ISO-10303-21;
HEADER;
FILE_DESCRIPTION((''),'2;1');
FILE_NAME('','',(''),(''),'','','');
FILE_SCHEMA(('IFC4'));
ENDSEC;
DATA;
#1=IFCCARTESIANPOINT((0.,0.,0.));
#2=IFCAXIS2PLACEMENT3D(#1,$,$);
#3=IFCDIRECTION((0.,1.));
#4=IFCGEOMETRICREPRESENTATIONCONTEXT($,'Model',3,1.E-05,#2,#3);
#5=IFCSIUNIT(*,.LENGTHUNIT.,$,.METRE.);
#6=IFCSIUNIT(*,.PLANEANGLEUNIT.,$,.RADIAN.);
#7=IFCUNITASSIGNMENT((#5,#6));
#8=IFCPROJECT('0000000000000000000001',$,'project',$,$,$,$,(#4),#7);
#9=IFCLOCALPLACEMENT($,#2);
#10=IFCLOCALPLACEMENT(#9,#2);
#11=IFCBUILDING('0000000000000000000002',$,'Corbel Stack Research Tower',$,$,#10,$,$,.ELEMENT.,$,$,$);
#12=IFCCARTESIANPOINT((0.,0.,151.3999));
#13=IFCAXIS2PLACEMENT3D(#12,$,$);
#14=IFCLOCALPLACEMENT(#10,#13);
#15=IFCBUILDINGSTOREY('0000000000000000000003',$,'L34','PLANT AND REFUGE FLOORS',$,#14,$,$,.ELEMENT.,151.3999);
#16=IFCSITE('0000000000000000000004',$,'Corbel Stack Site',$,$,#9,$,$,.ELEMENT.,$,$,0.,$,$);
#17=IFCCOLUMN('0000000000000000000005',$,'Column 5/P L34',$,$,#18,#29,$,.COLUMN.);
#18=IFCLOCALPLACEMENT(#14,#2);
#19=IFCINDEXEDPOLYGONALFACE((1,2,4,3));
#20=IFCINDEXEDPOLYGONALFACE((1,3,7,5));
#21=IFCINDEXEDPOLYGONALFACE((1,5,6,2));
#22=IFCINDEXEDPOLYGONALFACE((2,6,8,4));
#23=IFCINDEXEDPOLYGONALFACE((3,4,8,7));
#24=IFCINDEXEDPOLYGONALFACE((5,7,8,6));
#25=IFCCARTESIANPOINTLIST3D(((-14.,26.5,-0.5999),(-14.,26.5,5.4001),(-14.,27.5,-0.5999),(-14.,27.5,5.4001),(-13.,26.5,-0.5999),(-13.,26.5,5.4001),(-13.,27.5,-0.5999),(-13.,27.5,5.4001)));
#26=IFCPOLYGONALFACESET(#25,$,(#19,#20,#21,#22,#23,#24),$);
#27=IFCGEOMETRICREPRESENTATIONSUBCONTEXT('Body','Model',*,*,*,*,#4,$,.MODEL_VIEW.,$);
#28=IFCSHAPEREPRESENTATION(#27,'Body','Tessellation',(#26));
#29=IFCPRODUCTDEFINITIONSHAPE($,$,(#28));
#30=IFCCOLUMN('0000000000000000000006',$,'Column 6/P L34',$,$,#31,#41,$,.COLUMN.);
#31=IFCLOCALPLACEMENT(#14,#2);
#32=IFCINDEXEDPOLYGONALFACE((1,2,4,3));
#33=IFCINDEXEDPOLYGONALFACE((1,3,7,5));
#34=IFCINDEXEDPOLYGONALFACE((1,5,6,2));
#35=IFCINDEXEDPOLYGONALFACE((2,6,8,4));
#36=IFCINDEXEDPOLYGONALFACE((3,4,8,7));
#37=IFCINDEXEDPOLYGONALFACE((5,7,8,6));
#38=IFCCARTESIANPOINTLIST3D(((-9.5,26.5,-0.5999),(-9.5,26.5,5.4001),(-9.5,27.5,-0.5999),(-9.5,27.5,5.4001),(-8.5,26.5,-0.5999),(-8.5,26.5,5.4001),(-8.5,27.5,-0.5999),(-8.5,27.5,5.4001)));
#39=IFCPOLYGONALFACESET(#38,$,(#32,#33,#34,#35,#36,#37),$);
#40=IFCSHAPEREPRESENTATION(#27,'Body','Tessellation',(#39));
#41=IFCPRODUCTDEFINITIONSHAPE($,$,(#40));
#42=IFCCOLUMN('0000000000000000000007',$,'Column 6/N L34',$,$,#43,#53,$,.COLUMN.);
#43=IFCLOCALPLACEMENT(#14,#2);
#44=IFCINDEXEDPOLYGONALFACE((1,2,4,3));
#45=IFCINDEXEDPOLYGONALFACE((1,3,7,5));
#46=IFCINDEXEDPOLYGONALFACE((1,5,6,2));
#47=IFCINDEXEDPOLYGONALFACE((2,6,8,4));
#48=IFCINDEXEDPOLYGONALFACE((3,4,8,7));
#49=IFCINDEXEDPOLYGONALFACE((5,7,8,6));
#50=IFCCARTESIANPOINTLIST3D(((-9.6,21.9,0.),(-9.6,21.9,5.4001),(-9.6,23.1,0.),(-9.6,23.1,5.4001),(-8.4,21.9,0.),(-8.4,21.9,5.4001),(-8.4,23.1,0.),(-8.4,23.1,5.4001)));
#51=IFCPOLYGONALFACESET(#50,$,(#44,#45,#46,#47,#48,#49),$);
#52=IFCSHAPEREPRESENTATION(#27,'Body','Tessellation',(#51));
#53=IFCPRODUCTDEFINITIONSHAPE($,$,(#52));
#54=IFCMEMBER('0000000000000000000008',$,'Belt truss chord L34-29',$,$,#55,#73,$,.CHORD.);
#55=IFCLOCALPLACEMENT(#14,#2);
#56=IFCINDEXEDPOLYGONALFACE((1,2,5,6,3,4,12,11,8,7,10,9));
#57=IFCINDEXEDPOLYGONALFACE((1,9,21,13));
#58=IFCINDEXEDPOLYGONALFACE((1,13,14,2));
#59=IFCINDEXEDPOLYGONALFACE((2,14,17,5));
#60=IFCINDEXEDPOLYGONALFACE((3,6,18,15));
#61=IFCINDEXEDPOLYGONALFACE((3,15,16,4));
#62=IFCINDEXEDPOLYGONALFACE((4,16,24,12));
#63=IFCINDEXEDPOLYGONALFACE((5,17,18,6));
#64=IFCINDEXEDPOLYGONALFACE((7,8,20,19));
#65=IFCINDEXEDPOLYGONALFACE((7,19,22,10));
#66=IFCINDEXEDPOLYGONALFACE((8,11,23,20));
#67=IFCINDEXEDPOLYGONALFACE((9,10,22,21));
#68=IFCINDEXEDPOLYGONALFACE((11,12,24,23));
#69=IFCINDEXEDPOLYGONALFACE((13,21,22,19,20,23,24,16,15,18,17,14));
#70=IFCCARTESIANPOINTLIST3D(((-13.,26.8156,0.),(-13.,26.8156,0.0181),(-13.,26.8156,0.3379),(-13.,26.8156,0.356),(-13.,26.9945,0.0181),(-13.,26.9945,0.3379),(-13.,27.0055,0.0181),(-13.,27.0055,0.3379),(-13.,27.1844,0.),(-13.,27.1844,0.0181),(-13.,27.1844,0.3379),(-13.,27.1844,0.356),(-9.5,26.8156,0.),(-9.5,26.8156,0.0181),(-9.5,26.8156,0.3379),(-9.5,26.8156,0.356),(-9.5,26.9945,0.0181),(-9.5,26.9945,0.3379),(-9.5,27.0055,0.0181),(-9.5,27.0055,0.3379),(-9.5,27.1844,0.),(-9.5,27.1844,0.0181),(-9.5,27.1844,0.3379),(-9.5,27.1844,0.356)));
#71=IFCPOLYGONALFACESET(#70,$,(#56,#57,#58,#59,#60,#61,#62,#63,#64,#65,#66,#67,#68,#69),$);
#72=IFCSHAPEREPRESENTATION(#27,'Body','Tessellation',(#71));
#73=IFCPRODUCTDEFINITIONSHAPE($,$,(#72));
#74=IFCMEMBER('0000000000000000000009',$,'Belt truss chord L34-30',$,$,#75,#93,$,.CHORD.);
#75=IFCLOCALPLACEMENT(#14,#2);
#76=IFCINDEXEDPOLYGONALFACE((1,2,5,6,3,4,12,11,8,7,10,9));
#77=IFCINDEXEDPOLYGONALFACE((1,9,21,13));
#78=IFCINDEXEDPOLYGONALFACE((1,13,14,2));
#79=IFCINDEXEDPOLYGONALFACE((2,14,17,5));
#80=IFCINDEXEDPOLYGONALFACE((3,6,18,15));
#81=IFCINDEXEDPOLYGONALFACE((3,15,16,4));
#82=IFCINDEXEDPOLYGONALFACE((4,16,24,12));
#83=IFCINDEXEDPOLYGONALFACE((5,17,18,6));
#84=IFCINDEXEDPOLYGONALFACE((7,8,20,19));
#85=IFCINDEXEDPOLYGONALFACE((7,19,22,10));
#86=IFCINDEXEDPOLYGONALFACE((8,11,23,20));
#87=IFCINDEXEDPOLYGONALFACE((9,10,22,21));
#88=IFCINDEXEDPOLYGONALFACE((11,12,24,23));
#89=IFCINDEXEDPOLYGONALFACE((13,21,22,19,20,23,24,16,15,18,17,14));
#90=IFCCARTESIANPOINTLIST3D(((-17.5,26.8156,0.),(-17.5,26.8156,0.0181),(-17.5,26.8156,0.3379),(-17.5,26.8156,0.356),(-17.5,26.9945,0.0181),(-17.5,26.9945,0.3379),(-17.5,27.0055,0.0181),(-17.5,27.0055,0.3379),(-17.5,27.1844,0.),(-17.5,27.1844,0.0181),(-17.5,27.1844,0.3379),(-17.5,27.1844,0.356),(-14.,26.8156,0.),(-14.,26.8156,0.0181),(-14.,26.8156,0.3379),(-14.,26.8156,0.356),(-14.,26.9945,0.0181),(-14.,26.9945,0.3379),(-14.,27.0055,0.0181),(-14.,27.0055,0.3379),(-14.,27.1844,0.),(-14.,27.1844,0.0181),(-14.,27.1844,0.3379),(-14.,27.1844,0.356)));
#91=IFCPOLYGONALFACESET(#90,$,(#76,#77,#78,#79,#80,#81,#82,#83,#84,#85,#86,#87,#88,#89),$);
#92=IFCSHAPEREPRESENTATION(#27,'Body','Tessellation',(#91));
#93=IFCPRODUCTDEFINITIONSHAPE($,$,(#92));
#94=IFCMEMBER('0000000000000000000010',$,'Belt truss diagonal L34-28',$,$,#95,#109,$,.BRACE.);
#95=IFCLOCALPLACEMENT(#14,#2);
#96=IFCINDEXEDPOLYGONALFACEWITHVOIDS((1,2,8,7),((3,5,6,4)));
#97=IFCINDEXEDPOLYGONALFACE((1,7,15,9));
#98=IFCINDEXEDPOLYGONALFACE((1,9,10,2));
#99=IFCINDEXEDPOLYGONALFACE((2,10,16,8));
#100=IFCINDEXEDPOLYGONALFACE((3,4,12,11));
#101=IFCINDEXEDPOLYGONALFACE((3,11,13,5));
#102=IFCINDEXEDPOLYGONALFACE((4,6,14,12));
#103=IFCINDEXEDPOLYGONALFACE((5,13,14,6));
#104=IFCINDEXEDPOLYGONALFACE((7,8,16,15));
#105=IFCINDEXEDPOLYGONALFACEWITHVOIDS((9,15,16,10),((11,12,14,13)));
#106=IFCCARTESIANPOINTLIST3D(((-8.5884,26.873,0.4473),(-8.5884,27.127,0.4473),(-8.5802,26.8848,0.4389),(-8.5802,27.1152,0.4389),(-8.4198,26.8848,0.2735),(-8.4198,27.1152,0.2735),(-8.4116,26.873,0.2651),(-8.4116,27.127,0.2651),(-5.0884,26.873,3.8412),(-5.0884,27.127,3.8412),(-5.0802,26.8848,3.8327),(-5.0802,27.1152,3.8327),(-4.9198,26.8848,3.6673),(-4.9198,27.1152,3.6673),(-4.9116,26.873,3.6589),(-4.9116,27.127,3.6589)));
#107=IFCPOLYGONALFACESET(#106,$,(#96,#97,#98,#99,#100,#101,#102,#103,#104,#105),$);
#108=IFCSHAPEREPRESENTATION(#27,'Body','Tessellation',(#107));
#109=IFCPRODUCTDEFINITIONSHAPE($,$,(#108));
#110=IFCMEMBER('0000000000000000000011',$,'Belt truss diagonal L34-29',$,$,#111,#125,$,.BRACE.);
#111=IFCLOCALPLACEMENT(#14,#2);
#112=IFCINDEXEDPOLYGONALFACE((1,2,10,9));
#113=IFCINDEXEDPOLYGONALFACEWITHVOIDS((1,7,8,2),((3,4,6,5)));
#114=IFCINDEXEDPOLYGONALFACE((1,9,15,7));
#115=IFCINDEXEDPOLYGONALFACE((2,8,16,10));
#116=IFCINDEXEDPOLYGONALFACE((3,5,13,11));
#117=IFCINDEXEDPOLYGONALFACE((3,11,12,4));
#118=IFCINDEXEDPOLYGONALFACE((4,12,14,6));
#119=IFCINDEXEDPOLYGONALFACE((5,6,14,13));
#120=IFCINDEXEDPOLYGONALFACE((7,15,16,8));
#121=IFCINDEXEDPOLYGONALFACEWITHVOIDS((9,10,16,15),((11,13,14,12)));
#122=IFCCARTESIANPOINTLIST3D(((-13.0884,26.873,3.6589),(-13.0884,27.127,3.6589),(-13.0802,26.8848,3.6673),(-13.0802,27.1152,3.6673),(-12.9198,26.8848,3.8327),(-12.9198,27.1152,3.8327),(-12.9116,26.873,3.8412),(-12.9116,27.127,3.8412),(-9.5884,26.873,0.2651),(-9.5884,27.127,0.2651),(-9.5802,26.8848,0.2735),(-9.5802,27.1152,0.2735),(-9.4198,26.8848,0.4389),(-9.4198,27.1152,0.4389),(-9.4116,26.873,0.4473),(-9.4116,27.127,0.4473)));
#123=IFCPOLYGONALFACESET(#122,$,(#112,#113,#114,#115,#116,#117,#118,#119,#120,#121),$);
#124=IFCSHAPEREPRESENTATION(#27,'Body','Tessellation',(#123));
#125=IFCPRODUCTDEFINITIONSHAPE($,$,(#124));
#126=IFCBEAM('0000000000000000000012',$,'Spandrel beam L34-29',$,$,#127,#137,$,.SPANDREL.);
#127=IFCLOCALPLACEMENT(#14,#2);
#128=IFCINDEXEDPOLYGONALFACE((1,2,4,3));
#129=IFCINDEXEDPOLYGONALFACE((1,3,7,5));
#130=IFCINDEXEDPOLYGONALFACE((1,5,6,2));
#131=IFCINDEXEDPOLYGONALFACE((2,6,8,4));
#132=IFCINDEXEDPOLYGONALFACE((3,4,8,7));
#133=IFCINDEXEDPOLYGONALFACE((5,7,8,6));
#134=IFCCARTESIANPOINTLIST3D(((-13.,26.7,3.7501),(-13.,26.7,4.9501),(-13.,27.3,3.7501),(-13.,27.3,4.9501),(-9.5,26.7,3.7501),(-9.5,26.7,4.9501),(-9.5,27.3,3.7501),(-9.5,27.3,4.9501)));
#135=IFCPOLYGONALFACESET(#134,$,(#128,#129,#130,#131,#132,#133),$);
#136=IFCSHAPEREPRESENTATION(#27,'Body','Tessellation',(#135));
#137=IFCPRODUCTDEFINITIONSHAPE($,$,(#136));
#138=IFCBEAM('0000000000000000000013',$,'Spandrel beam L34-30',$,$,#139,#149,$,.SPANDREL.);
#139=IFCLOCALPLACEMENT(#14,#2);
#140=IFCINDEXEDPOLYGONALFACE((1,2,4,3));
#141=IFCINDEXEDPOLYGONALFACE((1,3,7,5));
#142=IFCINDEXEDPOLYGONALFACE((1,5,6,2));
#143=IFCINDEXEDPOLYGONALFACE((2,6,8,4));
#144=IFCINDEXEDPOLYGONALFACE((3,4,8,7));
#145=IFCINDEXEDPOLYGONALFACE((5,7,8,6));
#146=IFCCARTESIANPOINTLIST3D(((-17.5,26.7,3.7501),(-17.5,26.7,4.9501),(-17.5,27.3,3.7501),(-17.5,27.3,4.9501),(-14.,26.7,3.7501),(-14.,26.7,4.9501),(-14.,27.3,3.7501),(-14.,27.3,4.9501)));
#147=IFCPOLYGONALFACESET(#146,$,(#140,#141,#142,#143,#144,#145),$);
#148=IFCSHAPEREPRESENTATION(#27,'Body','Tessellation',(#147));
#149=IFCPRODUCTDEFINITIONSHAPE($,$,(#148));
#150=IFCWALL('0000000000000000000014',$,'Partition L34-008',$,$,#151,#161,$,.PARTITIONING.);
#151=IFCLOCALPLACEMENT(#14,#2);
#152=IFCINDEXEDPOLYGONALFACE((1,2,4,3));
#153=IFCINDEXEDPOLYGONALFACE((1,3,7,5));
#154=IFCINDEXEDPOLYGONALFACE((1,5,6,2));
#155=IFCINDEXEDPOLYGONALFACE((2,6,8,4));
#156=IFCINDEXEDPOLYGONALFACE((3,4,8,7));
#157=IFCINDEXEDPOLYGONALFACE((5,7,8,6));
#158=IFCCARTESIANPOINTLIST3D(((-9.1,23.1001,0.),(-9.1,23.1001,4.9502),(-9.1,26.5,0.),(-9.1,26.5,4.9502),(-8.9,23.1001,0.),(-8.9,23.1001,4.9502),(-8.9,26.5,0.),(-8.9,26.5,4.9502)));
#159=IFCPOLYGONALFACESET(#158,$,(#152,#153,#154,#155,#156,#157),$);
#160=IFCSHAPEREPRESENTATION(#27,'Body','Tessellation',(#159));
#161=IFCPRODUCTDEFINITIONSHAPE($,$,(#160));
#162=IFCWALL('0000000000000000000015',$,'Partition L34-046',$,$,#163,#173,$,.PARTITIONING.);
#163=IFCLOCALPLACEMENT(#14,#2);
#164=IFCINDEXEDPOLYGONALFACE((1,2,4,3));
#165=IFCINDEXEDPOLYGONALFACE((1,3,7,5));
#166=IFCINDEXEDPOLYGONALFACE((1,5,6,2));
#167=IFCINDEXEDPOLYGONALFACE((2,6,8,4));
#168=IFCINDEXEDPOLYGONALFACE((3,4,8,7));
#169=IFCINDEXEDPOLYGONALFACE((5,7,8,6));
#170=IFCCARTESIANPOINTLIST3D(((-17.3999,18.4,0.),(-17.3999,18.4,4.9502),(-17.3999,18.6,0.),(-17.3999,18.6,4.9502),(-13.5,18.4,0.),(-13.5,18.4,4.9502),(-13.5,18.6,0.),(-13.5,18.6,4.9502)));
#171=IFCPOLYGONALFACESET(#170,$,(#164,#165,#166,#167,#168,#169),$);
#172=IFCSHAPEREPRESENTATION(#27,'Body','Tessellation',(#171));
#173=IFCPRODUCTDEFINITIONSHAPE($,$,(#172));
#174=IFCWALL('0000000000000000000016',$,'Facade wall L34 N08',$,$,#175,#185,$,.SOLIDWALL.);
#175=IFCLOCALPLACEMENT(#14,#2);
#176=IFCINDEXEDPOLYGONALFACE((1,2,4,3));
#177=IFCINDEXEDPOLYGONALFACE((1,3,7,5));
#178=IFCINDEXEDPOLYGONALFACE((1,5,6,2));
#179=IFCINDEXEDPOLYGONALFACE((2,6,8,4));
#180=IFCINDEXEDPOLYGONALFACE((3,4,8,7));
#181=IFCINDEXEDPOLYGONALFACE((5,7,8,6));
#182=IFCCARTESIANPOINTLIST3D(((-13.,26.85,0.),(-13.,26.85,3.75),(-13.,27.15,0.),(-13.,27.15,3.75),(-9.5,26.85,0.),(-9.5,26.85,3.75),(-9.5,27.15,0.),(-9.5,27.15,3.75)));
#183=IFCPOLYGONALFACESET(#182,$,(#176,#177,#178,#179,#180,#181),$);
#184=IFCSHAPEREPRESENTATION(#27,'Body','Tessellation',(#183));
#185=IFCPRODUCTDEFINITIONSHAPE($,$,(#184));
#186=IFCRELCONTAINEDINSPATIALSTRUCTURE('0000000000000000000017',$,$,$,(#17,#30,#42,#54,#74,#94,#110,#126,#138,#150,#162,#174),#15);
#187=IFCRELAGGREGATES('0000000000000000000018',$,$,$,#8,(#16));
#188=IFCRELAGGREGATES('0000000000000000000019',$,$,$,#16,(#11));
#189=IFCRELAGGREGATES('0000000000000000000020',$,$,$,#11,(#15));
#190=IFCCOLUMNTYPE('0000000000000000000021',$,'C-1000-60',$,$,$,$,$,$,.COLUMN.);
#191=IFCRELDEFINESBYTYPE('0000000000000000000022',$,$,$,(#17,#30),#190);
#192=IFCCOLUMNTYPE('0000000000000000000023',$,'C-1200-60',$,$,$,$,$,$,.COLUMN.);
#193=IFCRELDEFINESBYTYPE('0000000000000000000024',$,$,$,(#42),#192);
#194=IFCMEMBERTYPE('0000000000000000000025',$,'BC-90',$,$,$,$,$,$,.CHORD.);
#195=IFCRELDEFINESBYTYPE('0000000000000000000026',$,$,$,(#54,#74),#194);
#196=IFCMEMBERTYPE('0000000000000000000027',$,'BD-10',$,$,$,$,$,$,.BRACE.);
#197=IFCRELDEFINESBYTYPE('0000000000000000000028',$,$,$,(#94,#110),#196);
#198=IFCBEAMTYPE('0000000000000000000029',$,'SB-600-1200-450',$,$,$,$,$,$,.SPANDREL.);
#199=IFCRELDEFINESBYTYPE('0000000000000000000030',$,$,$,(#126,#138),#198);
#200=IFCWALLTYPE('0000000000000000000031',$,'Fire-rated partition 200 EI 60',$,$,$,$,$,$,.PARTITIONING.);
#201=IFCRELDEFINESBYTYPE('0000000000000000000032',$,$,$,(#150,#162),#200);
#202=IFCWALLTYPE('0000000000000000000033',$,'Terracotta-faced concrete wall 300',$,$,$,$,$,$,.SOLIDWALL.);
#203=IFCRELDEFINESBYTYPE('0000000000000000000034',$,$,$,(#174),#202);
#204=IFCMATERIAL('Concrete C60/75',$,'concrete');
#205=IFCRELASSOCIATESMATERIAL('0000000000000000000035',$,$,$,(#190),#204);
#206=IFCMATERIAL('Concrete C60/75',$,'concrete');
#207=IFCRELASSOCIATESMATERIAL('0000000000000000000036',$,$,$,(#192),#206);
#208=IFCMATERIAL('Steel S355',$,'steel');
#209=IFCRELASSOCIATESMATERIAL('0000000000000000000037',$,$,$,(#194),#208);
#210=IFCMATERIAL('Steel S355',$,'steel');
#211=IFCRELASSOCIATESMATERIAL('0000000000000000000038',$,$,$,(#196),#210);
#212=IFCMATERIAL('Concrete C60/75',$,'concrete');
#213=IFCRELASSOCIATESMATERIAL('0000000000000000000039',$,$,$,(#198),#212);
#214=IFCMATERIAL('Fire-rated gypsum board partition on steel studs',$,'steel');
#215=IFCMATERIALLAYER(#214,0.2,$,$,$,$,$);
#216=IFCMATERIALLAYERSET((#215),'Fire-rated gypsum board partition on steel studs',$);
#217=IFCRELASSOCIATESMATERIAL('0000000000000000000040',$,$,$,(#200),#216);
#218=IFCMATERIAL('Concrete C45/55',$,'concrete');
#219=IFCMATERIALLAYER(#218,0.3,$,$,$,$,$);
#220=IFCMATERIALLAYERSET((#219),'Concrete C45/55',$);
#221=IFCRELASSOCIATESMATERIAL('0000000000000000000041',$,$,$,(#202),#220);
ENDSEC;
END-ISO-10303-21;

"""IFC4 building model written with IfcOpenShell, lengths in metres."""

from ifc_helpers import new_model, si_unit, direction, frame, frame_2d, origin, origin_2d, place, context, subcontext, project, spatial, rectangle, hollow_rectangle, i_section, extrude, material, layer, layer_set, material_profile, profile_set, type_object, element, save


model = new_model("IFC4")

# Units and contexts
model_context = context("Model", 3, precision=1e-05, world=origin(), true_north=direction((0.0, 1.0)))
body_context = subcontext(model_context, "Body", "Model", "MODEL_VIEW")
ifc_project = project(units=[si_unit("LENGTHUNIT", "METRE"), si_unit("PLANEANGLEUNIT", "RADIAN")], contexts=[model_context])

# Site, building, storey
site_placement = place(None, origin())
site = spatial("IfcSite", under=ifc_project, at=site_placement, Name="Corbel Stack Site", CompositionType="ELEMENT", RefElevation=0.0)
building_placement = place(site_placement, origin())
building = spatial("IfcBuilding", under=site, at=building_placement, Name="Corbel Stack Research Tower", CompositionType="ELEMENT")
storey_placement = place(building_placement, frame((0.0, 0.0, 151.3999)))
storey = spatial("IfcBuildingStorey", under=building, at=storey_placement, Name="L34", Description="PLANT AND REFUGE FLOORS", CompositionType="ELEMENT", Elevation=151.3999)

# Columns
ifc_material_1 = material(Name="Concrete C60/75", Category="concrete")
ifc_material_profile_1 = material_profile(ifc_material_1, rectangle(XDim=1.0, YDim=1.0, at=origin_2d()), Name="RC 1000 x 1000")
ifc_profile_set_1 = profile_set([ifc_material_profile_1], Name="Concrete C60/75")
column_type_1 = type_object("IfcColumnType", Name="C-1000-60", PredefinedType="COLUMN", material=ifc_profile_set_1)
for number, where, z_axis, x_axis, name in (
    (1, (-13.5, 27.0, -0.5999), (0.0, 0.0, 1.0), (1.0, 0.0, 0.0), "Column 5/P L34"),
    (2, (-9.0, 27.0, -0.5999), (0.0, 0.0, 1.0), (1.0, 0.0, 0.0), "Column 6/P L34"),
):
    element("IfcColumn", number, at=place(storey_placement, frame(where, z_axis=z_axis, x_axis=x_axis)), inside=storey, type_object=column_type_1, Name=name, PredefinedType="COLUMN", context=body_context, shape_type="SweptSolid", body=[
        extrude(rectangle(XDim=1.0, YDim=1.0, at=origin_2d()), origin(), (0.0, 0.0, 1.0), 6.0),
    ])
ifc_material_2 = material(Name="Concrete C60/75", Category="concrete")
ifc_material_profile_2 = material_profile(ifc_material_2, rectangle(XDim=1.2, YDim=1.2, at=origin_2d()), Name="RC 1200 x 1200")
ifc_profile_set_2 = profile_set([ifc_material_profile_2], Name="Concrete C60/75")
column_type_2 = type_object("IfcColumnType", Name="C-1200-60", PredefinedType="COLUMN", material=ifc_profile_set_2)
column_placement = place(storey_placement, frame((-9.0, 22.5, 0.0), z_axis=(0.0, 0.0, 1.0), x_axis=(1.0, 0.0, 0.0)))
element("IfcColumn", 3, at=column_placement, inside=storey, type_object=column_type_2, Name="Column 6/N L34", PredefinedType="COLUMN", context=body_context, shape_type="SweptSolid", body=[
    extrude(rectangle(XDim=1.2, YDim=1.2, at=origin_2d()), origin(), (0.0, 0.0, 1.0), 5.4001),
])

# Members
ifc_material_3 = material(Name="Steel S355", Category="steel")
ifc_material_profile_3 = material_profile(ifc_material_3, i_section(OverallWidth=0.3689, OverallDepth=0.356, WebThickness=0.011, FlangeThickness=0.0181, at=origin_2d()), Name="W14x90")
ifc_profile_set_3 = profile_set([ifc_material_profile_3], Name="Steel S355")
member_type_1 = type_object("IfcMemberType", Name="BC-90", PredefinedType="CHORD", material=ifc_profile_set_3)
for number, where, z_axis, x_axis, name in (
    (4, (-9.5, 27.0, 0.178), (-1.0, 0.0, 0.0), (0.0, -1.0, 0.0), "Belt truss chord L34-29"),
    (5, (-14.0, 27.0, 0.178), (-1.0, 0.0, 0.0), (0.0, -1.0, 0.0), "Belt truss chord L34-30"),
):
    element("IfcMember", number, at=place(storey_placement, frame(where, z_axis=z_axis, x_axis=x_axis)), inside=storey, type_object=member_type_1, Name=name, PredefinedType="CHORD", context=body_context, shape_type="SweptSolid", body=[
        extrude(i_section(OverallWidth=0.3689, OverallDepth=0.356, WebThickness=0.011, FlangeThickness=0.0181, at=origin_2d()), origin(), (0.0, 0.0, 1.0), 3.5),
    ])
ifc_material_4 = material(Name="Steel S355", Category="steel")
ifc_material_profile_4 = material_profile(ifc_material_4, hollow_rectangle(XDim=0.2539, YDim=0.2539, WallThickness=0.0117, at=origin_2d()), Name="HSS10x10x1/2")
ifc_profile_set_4 = profile_set([ifc_material_profile_4], Name="Steel S355")
member_type_2 = type_object("IfcMemberType", Name="BD-10", PredefinedType="BRACE", material=ifc_profile_set_4)
for number, where, z_axis, x_axis, name in (
    (6, (-8.5, 27.0, 0.3562), (0.717915, 0.0, 0.696131), (0.0, 1.0, 0.0), "Belt truss diagonal L34-28"),
    (7, (-9.5, 27.0, 0.3562), (-0.717915, 0.0, 0.696131), (0.0, -1.0, 0.0), "Belt truss diagonal L34-29"),
):
    element("IfcMember", number, at=place(storey_placement, frame(where, z_axis=z_axis, x_axis=x_axis)), inside=storey, type_object=member_type_2, Name=name, PredefinedType="BRACE", context=body_context, shape_type="SweptSolid", body=[
        extrude(hollow_rectangle(XDim=0.2539, YDim=0.2539, WallThickness=0.0117, at=origin_2d()), origin(), (0.0, 0.0, 1.0), 4.8752),
    ])

# Beams
ifc_material_5 = material(Name="Concrete C60/75", Category="concrete")
ifc_material_profile_5 = material_profile(ifc_material_5, rectangle(XDim=0.6001, YDim=1.2, at=origin_2d()), Name="RC 600 x 1200")
ifc_profile_set_5 = profile_set([ifc_material_profile_5], Name="Concrete C60/75")
beam_type = type_object("IfcBeamType", Name="SB-600-1200-450", PredefinedType="SPANDREL", material=ifc_profile_set_5)
for number, where, z_axis, x_axis, name in (
    (8, (-9.5, 27.0, 4.3501), (-1.0, 0.0, 0.0), (0.0, -1.0, 0.0), "Spandrel beam L34-29"),
    (9, (-14.0, 27.0, 4.3501), (-1.0, 0.0, 0.0), (0.0, -1.0, 0.0), "Spandrel beam L34-30"),
):
    element("IfcBeam", number, at=place(storey_placement, frame(where, z_axis=z_axis, x_axis=x_axis)), inside=storey, type_object=beam_type, Name=name, PredefinedType="SPANDREL", context=body_context, shape_type="SweptSolid", body=[
        extrude(rectangle(XDim=0.6001, YDim=1.2, at=origin_2d()), origin(), (0.0, 0.0, 1.0), 3.5),
    ])

# Walls
ifc_material_6 = material(Name="Fire-rated gypsum board partition on steel studs", Category="steel")
ifc_layer_1 = layer(ifc_material_6, 0.2)
ifc_layer_set_1 = layer_set([ifc_layer_1], Name="Fire-rated gypsum board partition on steel studs")
wall_type_1 = type_object("IfcWallType", Name="Fire-rated partition 200 EI 60", PredefinedType="PARTITIONING", material=ifc_layer_set_1)
wall_1_placement = place(storey_placement, frame((-9.0, 23.1001, 0.0), z_axis=(0.0, 0.0, 1.0), x_axis=(0.0, 1.0, 0.0)))
element("IfcWall", 10, at=wall_1_placement, inside=storey, type_object=wall_type_1, Name="Partition L34-008", PredefinedType="PARTITIONING", context=body_context, shape_type="SweptSolid", body=[
    extrude(rectangle(XDim=3.3999, YDim=0.2, at=frame_2d((1.7, 0.0))), origin(), (0.0, 0.0, 1.0), 4.9502),
])
wall_2_placement = place(storey_placement, frame((-17.3999, 18.5, 0.0), z_axis=(0.0, 0.0, 1.0), x_axis=(1.0, 0.0, 0.0)))
element("IfcWall", 11, at=wall_2_placement, inside=storey, type_object=wall_type_1, Name="Partition L34-046", PredefinedType="PARTITIONING", context=body_context, shape_type="SweptSolid", body=[
    extrude(rectangle(XDim=3.8999, YDim=0.2, at=frame_2d((1.95, 0.0))), origin(), (0.0, 0.0, 1.0), 4.9502),
])
ifc_material_7 = material(Name="Concrete C45/55", Category="concrete")
ifc_layer_2 = layer(ifc_material_7, 0.3)
ifc_layer_set_2 = layer_set([ifc_layer_2], Name="Concrete C45/55")
wall_type_2 = type_object("IfcWallType", Name="Terracotta-faced concrete wall 300", PredefinedType="SOLIDWALL", material=ifc_layer_set_2)
wall_3_placement = place(storey_placement, frame((-13.0, 27.0, 0.0), z_axis=(0.0, 0.0, 1.0), x_axis=(1.0, 0.0, 0.0)))
element("IfcWall", 12, at=wall_3_placement, inside=storey, type_object=wall_type_2, Name="Facade wall L34 N08", PredefinedType="SOLIDWALL", context=body_context, shape_type="SweptSolid", body=[
    extrude(rectangle(XDim=3.5, YDim=0.3, at=frame_2d((1.75, 0.0))), origin(), (0.0, 0.0, 1.0), 3.75),
])

save(model, "model.ifc")
